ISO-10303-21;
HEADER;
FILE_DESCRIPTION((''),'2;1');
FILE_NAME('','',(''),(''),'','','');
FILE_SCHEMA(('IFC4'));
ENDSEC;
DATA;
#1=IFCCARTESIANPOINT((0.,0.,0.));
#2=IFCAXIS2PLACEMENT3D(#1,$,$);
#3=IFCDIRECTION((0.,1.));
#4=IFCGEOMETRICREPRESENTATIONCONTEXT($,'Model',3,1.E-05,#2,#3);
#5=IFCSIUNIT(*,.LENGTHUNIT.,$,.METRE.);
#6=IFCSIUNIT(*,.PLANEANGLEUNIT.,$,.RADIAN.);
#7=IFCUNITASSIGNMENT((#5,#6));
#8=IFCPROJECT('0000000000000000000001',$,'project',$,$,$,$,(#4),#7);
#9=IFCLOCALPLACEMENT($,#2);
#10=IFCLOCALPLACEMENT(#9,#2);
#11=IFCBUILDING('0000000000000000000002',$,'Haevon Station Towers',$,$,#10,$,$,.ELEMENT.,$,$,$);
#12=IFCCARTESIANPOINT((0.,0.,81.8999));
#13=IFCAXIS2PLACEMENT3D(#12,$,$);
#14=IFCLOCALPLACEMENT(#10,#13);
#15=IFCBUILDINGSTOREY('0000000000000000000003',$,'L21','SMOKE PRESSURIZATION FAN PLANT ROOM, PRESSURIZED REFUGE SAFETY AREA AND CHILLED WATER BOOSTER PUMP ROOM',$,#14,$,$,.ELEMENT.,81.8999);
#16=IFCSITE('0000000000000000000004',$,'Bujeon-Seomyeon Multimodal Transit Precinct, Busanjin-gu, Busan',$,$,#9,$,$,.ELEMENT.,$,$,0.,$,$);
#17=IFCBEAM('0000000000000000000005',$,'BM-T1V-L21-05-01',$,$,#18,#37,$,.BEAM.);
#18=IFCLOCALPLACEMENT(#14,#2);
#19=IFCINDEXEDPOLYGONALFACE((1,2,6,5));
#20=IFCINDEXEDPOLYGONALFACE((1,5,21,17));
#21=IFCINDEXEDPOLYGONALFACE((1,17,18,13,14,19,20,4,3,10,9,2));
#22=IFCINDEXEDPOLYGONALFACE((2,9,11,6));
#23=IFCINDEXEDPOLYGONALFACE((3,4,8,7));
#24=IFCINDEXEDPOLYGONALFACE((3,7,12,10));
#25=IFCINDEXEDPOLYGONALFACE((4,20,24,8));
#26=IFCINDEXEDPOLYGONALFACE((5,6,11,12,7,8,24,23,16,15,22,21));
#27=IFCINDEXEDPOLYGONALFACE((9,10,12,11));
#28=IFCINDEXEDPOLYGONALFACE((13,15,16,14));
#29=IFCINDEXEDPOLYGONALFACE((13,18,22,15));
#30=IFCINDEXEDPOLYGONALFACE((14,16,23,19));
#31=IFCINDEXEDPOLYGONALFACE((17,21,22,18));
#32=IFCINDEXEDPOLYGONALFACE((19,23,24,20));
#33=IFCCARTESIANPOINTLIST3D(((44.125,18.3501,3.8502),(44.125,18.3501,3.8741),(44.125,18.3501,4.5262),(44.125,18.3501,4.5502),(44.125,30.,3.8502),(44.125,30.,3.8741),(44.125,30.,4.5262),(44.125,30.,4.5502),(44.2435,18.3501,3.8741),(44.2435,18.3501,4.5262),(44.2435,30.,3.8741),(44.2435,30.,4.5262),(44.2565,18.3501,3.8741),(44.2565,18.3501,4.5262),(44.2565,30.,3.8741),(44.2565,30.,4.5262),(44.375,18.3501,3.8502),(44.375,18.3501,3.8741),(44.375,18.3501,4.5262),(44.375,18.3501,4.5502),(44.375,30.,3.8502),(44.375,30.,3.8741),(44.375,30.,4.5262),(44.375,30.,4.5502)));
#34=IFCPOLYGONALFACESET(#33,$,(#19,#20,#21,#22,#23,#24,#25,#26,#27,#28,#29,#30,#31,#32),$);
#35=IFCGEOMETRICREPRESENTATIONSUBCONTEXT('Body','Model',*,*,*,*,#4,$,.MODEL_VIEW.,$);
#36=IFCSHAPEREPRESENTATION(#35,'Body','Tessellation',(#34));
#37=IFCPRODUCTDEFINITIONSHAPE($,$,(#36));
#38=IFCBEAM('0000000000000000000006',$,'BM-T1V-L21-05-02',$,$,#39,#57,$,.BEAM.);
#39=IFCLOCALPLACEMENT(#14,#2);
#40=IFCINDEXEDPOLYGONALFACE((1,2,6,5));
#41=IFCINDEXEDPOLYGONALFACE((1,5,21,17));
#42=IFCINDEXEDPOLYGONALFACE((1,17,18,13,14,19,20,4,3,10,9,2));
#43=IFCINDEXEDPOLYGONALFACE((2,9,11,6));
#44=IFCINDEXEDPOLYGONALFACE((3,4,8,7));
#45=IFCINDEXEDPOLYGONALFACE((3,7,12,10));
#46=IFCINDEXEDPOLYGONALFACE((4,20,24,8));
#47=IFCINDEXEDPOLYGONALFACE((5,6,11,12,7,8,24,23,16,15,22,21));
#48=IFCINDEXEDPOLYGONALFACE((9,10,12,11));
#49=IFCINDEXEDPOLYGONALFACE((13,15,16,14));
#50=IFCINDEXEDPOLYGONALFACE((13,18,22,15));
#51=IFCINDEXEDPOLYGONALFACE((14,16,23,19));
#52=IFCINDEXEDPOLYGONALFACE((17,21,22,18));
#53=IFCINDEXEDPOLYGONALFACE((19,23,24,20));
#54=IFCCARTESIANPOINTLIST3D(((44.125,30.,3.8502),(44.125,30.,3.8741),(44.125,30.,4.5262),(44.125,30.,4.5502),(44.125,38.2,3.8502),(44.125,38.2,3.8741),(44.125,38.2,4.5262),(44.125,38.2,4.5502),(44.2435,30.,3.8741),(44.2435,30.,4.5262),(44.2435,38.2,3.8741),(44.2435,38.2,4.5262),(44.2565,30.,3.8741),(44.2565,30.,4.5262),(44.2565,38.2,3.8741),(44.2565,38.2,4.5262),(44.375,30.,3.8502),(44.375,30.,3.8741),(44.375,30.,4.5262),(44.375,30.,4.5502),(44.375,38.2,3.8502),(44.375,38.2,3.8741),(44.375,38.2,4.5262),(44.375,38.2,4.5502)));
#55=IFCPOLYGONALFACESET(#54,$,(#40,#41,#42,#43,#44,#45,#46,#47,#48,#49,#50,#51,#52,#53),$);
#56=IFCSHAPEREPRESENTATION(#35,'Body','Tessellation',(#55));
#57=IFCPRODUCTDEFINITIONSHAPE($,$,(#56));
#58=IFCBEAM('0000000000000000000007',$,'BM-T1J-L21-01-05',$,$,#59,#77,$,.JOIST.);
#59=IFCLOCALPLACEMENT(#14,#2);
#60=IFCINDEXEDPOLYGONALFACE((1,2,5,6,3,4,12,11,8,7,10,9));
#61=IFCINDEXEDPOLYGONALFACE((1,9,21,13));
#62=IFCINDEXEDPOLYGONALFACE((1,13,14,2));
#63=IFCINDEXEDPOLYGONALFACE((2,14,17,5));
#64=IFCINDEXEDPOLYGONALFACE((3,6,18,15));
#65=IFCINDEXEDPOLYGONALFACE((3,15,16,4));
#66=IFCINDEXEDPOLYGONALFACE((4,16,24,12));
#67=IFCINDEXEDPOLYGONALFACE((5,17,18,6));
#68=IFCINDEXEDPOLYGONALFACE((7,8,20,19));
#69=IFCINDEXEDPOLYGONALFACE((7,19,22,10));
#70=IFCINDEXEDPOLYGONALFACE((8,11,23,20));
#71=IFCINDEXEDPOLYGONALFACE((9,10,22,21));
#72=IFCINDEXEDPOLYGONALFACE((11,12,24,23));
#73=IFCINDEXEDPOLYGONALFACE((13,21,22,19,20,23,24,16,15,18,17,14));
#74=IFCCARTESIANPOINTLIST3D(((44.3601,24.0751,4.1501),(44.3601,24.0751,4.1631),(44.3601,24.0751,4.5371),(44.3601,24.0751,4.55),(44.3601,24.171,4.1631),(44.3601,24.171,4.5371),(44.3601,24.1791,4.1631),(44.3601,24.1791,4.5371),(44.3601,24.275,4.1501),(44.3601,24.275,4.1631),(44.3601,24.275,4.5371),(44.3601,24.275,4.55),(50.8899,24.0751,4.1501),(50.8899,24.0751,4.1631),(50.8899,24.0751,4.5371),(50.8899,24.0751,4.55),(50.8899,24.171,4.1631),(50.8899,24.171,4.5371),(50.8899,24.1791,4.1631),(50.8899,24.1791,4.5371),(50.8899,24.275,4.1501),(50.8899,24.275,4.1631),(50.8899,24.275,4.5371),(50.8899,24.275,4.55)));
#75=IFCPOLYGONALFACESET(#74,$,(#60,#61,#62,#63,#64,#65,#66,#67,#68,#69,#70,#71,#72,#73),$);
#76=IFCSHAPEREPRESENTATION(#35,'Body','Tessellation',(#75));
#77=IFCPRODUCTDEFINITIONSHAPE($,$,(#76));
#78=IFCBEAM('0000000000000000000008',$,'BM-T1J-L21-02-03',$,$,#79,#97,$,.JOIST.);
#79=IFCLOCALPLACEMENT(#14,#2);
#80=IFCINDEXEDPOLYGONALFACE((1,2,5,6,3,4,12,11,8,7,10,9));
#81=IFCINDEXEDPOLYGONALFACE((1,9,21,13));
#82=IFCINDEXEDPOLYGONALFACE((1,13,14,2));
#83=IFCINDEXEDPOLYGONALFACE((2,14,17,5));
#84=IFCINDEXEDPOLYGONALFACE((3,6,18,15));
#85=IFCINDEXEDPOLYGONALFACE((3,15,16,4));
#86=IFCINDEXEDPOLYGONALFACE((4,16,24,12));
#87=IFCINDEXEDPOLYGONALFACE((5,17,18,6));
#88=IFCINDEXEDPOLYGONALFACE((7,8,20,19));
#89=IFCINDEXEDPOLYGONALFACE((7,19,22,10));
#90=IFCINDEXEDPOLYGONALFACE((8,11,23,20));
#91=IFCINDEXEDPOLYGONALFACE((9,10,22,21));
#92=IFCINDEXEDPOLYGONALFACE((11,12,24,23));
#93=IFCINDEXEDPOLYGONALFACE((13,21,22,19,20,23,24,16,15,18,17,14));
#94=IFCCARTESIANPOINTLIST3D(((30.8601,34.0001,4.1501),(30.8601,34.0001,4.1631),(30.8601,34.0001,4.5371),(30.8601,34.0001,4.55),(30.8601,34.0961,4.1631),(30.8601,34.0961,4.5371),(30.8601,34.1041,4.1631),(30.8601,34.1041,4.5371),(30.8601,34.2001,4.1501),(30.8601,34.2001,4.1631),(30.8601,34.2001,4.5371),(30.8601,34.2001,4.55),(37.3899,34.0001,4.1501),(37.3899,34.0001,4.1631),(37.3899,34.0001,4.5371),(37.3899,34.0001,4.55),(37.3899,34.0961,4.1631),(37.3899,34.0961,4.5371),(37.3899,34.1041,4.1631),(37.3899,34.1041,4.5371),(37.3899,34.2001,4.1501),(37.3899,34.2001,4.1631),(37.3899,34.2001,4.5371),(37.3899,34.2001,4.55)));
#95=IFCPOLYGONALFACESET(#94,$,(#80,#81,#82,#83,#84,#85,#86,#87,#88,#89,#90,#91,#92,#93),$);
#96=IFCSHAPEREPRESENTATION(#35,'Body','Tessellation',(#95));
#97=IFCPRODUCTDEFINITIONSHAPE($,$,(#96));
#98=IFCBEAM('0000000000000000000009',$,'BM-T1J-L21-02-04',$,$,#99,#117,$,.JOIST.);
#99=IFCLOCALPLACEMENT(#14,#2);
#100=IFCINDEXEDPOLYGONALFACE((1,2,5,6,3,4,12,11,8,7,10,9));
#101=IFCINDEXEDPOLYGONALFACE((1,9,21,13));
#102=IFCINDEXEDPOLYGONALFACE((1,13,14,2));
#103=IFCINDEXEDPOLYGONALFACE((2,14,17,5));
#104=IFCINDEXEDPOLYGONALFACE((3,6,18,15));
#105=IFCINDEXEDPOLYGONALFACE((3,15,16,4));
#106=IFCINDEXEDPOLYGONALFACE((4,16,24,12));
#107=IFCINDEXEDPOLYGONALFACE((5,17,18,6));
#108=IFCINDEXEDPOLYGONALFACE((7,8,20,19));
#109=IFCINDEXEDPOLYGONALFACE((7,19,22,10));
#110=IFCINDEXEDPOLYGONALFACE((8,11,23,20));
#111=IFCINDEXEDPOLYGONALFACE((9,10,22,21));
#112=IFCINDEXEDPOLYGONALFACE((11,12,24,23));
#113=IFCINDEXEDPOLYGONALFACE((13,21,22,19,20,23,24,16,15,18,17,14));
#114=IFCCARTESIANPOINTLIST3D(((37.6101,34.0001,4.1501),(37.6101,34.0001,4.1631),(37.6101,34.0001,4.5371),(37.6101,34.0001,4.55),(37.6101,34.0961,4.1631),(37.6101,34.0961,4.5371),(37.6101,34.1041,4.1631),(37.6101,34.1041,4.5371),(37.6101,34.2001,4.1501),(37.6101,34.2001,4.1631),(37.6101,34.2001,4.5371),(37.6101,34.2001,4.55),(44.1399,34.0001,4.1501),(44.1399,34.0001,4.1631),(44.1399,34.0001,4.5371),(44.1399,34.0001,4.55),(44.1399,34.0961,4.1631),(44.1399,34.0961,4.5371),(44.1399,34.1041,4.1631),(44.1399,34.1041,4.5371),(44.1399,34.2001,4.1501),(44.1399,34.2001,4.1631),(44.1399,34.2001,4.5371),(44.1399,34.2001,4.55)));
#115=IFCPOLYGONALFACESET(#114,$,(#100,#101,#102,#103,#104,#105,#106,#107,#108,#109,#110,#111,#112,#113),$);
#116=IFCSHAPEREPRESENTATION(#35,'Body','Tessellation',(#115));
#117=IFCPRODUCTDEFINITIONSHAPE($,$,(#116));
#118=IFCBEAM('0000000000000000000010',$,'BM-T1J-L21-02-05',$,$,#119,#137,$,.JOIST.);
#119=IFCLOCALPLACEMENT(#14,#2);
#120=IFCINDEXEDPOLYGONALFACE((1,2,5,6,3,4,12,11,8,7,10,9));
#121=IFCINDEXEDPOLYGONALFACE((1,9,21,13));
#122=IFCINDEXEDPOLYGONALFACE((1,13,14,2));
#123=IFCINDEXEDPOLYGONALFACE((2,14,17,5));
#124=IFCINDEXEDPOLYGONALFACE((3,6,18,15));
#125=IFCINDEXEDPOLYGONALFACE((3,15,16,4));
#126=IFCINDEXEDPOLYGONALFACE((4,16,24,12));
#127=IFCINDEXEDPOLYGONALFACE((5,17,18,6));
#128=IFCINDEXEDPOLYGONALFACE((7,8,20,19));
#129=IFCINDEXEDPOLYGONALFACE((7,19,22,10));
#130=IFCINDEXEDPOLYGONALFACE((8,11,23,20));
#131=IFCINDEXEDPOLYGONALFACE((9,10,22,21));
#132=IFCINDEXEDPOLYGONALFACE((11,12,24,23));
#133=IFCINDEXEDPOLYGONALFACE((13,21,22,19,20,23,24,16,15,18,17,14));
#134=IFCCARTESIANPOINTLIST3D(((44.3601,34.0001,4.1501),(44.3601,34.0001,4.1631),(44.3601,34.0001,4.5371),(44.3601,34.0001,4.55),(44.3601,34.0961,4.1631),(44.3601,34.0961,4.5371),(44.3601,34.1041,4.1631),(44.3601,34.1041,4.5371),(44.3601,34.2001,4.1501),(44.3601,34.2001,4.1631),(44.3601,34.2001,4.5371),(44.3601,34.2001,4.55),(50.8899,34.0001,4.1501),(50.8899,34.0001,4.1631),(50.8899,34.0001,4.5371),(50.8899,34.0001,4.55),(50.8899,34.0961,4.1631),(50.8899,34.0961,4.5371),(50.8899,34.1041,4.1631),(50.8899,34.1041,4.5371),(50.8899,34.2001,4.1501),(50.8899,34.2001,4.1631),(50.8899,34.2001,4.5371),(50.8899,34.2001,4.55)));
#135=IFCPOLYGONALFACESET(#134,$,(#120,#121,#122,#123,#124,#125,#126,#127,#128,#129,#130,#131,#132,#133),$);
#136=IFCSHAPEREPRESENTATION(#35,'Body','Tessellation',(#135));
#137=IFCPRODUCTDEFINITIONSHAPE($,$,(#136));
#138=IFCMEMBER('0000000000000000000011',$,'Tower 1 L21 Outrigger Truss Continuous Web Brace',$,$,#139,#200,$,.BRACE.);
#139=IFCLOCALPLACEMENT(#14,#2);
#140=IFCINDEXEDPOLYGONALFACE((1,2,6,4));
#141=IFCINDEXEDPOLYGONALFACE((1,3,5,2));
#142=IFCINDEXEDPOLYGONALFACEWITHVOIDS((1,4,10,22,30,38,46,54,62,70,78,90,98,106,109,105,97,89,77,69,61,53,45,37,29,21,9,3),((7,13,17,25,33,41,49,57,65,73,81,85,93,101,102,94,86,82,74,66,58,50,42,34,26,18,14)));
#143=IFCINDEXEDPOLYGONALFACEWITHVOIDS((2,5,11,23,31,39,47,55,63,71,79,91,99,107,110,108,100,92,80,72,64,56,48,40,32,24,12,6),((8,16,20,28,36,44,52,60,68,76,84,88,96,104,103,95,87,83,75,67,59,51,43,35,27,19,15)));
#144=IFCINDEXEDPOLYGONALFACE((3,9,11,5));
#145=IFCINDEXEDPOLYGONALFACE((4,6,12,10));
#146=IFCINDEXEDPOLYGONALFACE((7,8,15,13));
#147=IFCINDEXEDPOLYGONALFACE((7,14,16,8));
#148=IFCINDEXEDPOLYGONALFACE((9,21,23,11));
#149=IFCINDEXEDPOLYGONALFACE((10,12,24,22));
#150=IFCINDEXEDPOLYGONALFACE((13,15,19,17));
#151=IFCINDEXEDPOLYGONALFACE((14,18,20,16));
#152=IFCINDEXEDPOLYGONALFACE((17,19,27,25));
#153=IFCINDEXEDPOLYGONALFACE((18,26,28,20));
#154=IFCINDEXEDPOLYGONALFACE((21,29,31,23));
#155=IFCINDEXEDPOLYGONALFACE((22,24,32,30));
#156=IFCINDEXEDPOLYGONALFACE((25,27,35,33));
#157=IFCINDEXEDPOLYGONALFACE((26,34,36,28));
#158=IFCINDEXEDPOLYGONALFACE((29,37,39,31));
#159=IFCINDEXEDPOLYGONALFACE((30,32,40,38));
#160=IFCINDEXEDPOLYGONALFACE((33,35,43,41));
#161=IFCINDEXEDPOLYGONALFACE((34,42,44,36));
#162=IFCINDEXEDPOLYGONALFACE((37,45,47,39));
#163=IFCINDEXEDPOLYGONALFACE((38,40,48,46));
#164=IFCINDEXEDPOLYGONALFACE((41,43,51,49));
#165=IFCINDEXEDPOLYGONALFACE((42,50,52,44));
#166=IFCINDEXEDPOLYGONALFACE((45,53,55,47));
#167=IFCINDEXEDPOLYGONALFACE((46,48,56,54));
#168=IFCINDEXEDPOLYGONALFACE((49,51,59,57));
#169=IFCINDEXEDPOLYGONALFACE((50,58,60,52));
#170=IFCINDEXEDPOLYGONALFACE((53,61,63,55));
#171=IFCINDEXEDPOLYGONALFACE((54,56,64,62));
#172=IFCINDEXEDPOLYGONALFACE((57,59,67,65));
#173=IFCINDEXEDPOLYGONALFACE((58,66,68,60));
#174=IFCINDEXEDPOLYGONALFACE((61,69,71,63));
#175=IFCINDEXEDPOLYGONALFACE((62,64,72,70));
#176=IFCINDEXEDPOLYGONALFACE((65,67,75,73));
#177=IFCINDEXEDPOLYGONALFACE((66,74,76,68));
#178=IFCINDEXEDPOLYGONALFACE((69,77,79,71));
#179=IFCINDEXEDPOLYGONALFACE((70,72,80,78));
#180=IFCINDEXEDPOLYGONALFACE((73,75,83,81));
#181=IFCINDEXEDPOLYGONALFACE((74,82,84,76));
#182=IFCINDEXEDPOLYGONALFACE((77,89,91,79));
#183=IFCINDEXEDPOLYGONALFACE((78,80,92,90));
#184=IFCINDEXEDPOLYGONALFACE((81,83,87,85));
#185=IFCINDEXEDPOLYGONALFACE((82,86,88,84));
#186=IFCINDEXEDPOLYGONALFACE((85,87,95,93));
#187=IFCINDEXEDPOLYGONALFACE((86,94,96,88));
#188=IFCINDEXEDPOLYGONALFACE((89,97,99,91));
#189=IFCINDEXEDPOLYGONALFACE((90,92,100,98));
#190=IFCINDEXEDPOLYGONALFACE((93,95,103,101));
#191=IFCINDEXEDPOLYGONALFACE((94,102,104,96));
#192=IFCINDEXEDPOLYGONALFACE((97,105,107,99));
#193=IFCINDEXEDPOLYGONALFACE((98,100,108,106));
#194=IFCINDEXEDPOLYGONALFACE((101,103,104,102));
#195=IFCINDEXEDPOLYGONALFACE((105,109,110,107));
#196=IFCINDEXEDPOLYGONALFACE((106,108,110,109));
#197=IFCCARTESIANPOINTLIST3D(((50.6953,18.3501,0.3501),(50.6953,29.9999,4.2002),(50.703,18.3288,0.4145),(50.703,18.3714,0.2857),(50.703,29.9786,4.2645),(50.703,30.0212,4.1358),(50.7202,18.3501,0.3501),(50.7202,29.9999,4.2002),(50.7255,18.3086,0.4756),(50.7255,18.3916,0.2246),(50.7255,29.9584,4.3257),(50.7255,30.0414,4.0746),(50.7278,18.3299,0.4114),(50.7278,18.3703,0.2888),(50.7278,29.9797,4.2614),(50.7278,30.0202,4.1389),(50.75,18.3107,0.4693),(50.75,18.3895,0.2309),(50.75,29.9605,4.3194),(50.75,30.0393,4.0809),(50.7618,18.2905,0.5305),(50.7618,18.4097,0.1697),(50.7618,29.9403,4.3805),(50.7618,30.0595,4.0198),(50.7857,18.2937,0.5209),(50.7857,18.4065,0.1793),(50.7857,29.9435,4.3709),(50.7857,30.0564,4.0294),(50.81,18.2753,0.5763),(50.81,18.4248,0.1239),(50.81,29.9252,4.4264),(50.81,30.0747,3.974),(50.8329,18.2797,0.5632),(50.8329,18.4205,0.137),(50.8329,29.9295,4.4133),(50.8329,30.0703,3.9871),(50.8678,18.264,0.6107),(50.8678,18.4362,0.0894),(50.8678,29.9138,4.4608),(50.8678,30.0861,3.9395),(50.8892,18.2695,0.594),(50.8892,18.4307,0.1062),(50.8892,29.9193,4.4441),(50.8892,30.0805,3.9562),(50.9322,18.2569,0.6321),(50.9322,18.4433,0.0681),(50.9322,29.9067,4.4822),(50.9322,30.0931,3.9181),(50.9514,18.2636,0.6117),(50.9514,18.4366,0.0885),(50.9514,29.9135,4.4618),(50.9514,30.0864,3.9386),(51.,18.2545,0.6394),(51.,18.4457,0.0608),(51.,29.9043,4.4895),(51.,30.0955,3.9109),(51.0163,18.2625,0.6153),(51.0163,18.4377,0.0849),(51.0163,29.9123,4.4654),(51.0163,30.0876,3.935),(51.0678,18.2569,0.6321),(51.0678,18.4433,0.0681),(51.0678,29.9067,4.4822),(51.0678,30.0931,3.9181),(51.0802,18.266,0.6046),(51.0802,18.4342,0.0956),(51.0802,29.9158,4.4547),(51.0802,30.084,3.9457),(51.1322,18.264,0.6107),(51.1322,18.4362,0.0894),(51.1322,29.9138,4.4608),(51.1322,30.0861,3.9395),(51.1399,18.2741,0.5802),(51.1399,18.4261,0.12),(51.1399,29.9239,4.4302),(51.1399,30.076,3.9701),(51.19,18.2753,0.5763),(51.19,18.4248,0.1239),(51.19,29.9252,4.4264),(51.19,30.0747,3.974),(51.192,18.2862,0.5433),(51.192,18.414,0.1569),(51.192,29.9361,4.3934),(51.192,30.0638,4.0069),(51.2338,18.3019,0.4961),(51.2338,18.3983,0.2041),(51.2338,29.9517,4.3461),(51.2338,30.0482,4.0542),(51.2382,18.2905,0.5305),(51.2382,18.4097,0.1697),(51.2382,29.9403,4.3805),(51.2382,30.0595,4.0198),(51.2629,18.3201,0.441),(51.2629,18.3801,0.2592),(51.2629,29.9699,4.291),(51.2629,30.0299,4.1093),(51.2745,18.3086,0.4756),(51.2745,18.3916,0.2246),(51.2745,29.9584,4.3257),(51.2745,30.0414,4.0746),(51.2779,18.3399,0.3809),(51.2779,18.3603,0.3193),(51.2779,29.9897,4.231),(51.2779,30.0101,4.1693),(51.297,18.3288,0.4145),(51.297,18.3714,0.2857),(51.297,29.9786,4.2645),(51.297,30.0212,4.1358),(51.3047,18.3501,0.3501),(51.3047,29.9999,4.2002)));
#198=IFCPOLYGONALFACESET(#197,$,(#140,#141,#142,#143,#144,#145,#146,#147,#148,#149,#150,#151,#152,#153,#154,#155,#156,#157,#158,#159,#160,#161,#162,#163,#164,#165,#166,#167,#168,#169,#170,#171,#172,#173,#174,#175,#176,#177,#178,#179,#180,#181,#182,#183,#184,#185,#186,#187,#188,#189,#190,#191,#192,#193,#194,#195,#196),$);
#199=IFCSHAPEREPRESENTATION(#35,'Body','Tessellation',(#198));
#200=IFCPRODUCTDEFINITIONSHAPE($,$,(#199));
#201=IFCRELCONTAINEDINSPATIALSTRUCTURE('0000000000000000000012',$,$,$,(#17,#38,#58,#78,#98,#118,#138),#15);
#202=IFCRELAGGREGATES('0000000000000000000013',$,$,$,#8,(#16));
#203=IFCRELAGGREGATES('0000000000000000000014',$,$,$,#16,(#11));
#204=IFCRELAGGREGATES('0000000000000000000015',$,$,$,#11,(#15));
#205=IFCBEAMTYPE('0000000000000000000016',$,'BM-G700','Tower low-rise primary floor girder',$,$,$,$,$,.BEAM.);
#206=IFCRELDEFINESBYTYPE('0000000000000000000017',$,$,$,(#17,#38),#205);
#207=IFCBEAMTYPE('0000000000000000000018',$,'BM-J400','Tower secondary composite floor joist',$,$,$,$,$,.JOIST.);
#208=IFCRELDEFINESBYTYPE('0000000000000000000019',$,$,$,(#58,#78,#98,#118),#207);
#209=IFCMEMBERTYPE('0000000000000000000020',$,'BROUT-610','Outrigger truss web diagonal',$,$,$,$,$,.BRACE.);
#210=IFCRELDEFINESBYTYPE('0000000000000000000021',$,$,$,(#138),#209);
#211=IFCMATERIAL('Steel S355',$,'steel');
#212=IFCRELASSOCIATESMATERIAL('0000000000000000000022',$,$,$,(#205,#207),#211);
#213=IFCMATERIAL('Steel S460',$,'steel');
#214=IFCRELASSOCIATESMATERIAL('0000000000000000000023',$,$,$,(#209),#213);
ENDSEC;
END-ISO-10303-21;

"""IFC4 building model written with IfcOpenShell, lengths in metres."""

from ifc_helpers import new_model, si_unit, direction, frame, origin, origin_2d, place, context, subcontext, project, spatial, hollow_circle, i_section, extrude, material, material_profile, profile_set, type_object, element, save


model = new_model("IFC4")

# Units and contexts
model_context = context("Model", 3, precision=1e-05, world=origin(), true_north=direction((0.0, 1.0)))
body_context = subcontext(model_context, "Body", "Model", "MODEL_VIEW")
ifc_project = project(units=[si_unit("LENGTHUNIT", "METRE"), si_unit("PLANEANGLEUNIT", "RADIAN")], contexts=[model_context])

# Site, building, storey
site_placement = place(None, origin())
site = spatial("IfcSite", under=ifc_project, at=site_placement, Name="Bujeon-Seomyeon Multimodal Transit Precinct, Busanjin-gu, Busan", CompositionType="ELEMENT", RefElevation=0.0)
building_placement = place(site_placement, origin())
building = spatial("IfcBuilding", under=site, at=building_placement, Name="Haevon Station Towers", CompositionType="ELEMENT")
storey_placement = place(building_placement, frame((0.0, 0.0, 81.8999)))
storey = spatial("IfcBuildingStorey", under=building, at=storey_placement, Name="L21", Description="SMOKE PRESSURIZATION FAN PLANT ROOM, PRESSURIZED REFUGE SAFETY AREA AND CHILLED WATER BOOSTER PUMP ROOM", CompositionType="ELEMENT", Elevation=81.8999)

# Shared definitions
ifc_material_1 = material(Name="Steel S460", Category="steel")

# Beams
ifc_material_2 = material(Name="Steel S355", Category="steel")
ifc_material_profile_1 = material_profile(ifc_material_2, i_section(OverallWidth=0.25, OverallDepth=0.7, WebThickness=0.0129, FlangeThickness=0.0239, at=origin_2d()), Name="H-700x250x13x24")
ifc_profile_set_1 = profile_set([ifc_material_profile_1], Name="Steel S355")
beam_type_1 = type_object("IfcBeamType", Name="BM-G700", Description="Tower low-rise primary floor girder", PredefinedType="BEAM", material=ifc_profile_set_1)
beam_1_placement = place(storey_placement, frame((44.25, 18.3501, 4.2002), z_axis=(0.0, 1.0, 0.0), x_axis=(-1.0, 0.0, 0.0)))
element("IfcBeam", 1, at=beam_1_placement, inside=storey, type_object=beam_type_1, Name="BM-T1V-L21-05-01", PredefinedType="BEAM", context=body_context, shape_type="SweptSolid", body=[
    extrude(i_section(OverallWidth=0.25, OverallDepth=0.7, WebThickness=0.0129, FlangeThickness=0.0239, at=origin_2d()), origin(), (0.0, 0.0, 1.0), 11.6499),
])
beam_2_placement = place(storey_placement, frame((44.25, 30.0, 4.2002), z_axis=(0.0, 1.0, 0.0), x_axis=(-1.0, 0.0, 0.0)))
element("IfcBeam", 2, at=beam_2_placement, inside=storey, type_object=beam_type_1, Name="BM-T1V-L21-05-02", PredefinedType="BEAM", context=body_context, shape_type="SweptSolid", body=[
    extrude(i_section(OverallWidth=0.25, OverallDepth=0.7, WebThickness=0.0129, FlangeThickness=0.0239, at=origin_2d()), origin(), (0.0, 0.0, 1.0), 8.2),
])
ifc_material_profile_2 = material_profile(ifc_material_2, i_section(OverallWidth=0.2, OverallDepth=0.3999, WebThickness=0.0081, FlangeThickness=0.0129, at=origin_2d()), Name="H-400x200x8x13")
ifc_profile_set_2 = profile_set([ifc_material_profile_2], Name="Steel S355")
beam_type_2 = type_object("IfcBeamType", Name="BM-J400", Description="Tower secondary composite floor joist", PredefinedType="JOIST", material=ifc_profile_set_2)
for number, where, z_axis, x_axis, name in (
    (3, (44.3601, 24.175, 4.3501), (1.0, 0.0, 0.0), (0.0, 1.0, 0.0), "BM-T1J-L21-01-05"),
    (4, (30.8601, 34.1001, 4.3501), (1.0, 0.0, 0.0), (0.0, 1.0, 0.0), "BM-T1J-L21-02-03"),
    (5, (37.6101, 34.1001, 4.3501), (1.0, 0.0, 0.0), (0.0, 1.0, 0.0), "BM-T1J-L21-02-04"),
    (6, (44.3601, 34.1001, 4.3501), (1.0, 0.0, 0.0), (0.0, 1.0, 0.0), "BM-T1J-L21-02-05"),
):
    element("IfcBeam", number, at=place(storey_placement, frame(where, z_axis=z_axis, x_axis=x_axis)), inside=storey, type_object=beam_type_2, Name=name, PredefinedType="JOIST", context=body_context, shape_type="SweptSolid", body=[
        extrude(i_section(OverallWidth=0.2, OverallDepth=0.3999, WebThickness=0.0081, FlangeThickness=0.0129, at=origin_2d()), origin(), (0.0, 0.0, 1.0), 6.5298),
    ])

# Member
ifc_material_profile_3 = material_profile(ifc_material_1, hollow_circle(Radius=0.3047, WallThickness=0.0249, at=origin_2d()), Name="CHS-609.6x25")
ifc_profile_set_3 = profile_set([ifc_material_profile_3], Name="Steel S460")
member_type_1 = type_object("IfcMemberType", Name="BROUT-610", Description="Outrigger truss web diagonal", PredefinedType="BRACE", material=ifc_profile_set_3)
member_1_placement = place(storey_placement, frame((51.0, 18.3501, 0.3501), z_axis=(0.0, 0.949492, 0.313791), x_axis=(-1.0, 0.0, 0.0)))
element("IfcMember", 7, at=member_1_placement, inside=storey, type_object=member_type_1, Name="Tower 1 L21 Outrigger Truss Continuous Web Brace", PredefinedType="BRACE", context=body_context, shape_type="SweptSolid", body=[
    extrude(hollow_circle(Radius=0.3047, WallThickness=0.0249, at=origin_2d()), origin(), (0.0, 0.0, 1.0), 12.2695),
])

save(model, "model.ifc")
